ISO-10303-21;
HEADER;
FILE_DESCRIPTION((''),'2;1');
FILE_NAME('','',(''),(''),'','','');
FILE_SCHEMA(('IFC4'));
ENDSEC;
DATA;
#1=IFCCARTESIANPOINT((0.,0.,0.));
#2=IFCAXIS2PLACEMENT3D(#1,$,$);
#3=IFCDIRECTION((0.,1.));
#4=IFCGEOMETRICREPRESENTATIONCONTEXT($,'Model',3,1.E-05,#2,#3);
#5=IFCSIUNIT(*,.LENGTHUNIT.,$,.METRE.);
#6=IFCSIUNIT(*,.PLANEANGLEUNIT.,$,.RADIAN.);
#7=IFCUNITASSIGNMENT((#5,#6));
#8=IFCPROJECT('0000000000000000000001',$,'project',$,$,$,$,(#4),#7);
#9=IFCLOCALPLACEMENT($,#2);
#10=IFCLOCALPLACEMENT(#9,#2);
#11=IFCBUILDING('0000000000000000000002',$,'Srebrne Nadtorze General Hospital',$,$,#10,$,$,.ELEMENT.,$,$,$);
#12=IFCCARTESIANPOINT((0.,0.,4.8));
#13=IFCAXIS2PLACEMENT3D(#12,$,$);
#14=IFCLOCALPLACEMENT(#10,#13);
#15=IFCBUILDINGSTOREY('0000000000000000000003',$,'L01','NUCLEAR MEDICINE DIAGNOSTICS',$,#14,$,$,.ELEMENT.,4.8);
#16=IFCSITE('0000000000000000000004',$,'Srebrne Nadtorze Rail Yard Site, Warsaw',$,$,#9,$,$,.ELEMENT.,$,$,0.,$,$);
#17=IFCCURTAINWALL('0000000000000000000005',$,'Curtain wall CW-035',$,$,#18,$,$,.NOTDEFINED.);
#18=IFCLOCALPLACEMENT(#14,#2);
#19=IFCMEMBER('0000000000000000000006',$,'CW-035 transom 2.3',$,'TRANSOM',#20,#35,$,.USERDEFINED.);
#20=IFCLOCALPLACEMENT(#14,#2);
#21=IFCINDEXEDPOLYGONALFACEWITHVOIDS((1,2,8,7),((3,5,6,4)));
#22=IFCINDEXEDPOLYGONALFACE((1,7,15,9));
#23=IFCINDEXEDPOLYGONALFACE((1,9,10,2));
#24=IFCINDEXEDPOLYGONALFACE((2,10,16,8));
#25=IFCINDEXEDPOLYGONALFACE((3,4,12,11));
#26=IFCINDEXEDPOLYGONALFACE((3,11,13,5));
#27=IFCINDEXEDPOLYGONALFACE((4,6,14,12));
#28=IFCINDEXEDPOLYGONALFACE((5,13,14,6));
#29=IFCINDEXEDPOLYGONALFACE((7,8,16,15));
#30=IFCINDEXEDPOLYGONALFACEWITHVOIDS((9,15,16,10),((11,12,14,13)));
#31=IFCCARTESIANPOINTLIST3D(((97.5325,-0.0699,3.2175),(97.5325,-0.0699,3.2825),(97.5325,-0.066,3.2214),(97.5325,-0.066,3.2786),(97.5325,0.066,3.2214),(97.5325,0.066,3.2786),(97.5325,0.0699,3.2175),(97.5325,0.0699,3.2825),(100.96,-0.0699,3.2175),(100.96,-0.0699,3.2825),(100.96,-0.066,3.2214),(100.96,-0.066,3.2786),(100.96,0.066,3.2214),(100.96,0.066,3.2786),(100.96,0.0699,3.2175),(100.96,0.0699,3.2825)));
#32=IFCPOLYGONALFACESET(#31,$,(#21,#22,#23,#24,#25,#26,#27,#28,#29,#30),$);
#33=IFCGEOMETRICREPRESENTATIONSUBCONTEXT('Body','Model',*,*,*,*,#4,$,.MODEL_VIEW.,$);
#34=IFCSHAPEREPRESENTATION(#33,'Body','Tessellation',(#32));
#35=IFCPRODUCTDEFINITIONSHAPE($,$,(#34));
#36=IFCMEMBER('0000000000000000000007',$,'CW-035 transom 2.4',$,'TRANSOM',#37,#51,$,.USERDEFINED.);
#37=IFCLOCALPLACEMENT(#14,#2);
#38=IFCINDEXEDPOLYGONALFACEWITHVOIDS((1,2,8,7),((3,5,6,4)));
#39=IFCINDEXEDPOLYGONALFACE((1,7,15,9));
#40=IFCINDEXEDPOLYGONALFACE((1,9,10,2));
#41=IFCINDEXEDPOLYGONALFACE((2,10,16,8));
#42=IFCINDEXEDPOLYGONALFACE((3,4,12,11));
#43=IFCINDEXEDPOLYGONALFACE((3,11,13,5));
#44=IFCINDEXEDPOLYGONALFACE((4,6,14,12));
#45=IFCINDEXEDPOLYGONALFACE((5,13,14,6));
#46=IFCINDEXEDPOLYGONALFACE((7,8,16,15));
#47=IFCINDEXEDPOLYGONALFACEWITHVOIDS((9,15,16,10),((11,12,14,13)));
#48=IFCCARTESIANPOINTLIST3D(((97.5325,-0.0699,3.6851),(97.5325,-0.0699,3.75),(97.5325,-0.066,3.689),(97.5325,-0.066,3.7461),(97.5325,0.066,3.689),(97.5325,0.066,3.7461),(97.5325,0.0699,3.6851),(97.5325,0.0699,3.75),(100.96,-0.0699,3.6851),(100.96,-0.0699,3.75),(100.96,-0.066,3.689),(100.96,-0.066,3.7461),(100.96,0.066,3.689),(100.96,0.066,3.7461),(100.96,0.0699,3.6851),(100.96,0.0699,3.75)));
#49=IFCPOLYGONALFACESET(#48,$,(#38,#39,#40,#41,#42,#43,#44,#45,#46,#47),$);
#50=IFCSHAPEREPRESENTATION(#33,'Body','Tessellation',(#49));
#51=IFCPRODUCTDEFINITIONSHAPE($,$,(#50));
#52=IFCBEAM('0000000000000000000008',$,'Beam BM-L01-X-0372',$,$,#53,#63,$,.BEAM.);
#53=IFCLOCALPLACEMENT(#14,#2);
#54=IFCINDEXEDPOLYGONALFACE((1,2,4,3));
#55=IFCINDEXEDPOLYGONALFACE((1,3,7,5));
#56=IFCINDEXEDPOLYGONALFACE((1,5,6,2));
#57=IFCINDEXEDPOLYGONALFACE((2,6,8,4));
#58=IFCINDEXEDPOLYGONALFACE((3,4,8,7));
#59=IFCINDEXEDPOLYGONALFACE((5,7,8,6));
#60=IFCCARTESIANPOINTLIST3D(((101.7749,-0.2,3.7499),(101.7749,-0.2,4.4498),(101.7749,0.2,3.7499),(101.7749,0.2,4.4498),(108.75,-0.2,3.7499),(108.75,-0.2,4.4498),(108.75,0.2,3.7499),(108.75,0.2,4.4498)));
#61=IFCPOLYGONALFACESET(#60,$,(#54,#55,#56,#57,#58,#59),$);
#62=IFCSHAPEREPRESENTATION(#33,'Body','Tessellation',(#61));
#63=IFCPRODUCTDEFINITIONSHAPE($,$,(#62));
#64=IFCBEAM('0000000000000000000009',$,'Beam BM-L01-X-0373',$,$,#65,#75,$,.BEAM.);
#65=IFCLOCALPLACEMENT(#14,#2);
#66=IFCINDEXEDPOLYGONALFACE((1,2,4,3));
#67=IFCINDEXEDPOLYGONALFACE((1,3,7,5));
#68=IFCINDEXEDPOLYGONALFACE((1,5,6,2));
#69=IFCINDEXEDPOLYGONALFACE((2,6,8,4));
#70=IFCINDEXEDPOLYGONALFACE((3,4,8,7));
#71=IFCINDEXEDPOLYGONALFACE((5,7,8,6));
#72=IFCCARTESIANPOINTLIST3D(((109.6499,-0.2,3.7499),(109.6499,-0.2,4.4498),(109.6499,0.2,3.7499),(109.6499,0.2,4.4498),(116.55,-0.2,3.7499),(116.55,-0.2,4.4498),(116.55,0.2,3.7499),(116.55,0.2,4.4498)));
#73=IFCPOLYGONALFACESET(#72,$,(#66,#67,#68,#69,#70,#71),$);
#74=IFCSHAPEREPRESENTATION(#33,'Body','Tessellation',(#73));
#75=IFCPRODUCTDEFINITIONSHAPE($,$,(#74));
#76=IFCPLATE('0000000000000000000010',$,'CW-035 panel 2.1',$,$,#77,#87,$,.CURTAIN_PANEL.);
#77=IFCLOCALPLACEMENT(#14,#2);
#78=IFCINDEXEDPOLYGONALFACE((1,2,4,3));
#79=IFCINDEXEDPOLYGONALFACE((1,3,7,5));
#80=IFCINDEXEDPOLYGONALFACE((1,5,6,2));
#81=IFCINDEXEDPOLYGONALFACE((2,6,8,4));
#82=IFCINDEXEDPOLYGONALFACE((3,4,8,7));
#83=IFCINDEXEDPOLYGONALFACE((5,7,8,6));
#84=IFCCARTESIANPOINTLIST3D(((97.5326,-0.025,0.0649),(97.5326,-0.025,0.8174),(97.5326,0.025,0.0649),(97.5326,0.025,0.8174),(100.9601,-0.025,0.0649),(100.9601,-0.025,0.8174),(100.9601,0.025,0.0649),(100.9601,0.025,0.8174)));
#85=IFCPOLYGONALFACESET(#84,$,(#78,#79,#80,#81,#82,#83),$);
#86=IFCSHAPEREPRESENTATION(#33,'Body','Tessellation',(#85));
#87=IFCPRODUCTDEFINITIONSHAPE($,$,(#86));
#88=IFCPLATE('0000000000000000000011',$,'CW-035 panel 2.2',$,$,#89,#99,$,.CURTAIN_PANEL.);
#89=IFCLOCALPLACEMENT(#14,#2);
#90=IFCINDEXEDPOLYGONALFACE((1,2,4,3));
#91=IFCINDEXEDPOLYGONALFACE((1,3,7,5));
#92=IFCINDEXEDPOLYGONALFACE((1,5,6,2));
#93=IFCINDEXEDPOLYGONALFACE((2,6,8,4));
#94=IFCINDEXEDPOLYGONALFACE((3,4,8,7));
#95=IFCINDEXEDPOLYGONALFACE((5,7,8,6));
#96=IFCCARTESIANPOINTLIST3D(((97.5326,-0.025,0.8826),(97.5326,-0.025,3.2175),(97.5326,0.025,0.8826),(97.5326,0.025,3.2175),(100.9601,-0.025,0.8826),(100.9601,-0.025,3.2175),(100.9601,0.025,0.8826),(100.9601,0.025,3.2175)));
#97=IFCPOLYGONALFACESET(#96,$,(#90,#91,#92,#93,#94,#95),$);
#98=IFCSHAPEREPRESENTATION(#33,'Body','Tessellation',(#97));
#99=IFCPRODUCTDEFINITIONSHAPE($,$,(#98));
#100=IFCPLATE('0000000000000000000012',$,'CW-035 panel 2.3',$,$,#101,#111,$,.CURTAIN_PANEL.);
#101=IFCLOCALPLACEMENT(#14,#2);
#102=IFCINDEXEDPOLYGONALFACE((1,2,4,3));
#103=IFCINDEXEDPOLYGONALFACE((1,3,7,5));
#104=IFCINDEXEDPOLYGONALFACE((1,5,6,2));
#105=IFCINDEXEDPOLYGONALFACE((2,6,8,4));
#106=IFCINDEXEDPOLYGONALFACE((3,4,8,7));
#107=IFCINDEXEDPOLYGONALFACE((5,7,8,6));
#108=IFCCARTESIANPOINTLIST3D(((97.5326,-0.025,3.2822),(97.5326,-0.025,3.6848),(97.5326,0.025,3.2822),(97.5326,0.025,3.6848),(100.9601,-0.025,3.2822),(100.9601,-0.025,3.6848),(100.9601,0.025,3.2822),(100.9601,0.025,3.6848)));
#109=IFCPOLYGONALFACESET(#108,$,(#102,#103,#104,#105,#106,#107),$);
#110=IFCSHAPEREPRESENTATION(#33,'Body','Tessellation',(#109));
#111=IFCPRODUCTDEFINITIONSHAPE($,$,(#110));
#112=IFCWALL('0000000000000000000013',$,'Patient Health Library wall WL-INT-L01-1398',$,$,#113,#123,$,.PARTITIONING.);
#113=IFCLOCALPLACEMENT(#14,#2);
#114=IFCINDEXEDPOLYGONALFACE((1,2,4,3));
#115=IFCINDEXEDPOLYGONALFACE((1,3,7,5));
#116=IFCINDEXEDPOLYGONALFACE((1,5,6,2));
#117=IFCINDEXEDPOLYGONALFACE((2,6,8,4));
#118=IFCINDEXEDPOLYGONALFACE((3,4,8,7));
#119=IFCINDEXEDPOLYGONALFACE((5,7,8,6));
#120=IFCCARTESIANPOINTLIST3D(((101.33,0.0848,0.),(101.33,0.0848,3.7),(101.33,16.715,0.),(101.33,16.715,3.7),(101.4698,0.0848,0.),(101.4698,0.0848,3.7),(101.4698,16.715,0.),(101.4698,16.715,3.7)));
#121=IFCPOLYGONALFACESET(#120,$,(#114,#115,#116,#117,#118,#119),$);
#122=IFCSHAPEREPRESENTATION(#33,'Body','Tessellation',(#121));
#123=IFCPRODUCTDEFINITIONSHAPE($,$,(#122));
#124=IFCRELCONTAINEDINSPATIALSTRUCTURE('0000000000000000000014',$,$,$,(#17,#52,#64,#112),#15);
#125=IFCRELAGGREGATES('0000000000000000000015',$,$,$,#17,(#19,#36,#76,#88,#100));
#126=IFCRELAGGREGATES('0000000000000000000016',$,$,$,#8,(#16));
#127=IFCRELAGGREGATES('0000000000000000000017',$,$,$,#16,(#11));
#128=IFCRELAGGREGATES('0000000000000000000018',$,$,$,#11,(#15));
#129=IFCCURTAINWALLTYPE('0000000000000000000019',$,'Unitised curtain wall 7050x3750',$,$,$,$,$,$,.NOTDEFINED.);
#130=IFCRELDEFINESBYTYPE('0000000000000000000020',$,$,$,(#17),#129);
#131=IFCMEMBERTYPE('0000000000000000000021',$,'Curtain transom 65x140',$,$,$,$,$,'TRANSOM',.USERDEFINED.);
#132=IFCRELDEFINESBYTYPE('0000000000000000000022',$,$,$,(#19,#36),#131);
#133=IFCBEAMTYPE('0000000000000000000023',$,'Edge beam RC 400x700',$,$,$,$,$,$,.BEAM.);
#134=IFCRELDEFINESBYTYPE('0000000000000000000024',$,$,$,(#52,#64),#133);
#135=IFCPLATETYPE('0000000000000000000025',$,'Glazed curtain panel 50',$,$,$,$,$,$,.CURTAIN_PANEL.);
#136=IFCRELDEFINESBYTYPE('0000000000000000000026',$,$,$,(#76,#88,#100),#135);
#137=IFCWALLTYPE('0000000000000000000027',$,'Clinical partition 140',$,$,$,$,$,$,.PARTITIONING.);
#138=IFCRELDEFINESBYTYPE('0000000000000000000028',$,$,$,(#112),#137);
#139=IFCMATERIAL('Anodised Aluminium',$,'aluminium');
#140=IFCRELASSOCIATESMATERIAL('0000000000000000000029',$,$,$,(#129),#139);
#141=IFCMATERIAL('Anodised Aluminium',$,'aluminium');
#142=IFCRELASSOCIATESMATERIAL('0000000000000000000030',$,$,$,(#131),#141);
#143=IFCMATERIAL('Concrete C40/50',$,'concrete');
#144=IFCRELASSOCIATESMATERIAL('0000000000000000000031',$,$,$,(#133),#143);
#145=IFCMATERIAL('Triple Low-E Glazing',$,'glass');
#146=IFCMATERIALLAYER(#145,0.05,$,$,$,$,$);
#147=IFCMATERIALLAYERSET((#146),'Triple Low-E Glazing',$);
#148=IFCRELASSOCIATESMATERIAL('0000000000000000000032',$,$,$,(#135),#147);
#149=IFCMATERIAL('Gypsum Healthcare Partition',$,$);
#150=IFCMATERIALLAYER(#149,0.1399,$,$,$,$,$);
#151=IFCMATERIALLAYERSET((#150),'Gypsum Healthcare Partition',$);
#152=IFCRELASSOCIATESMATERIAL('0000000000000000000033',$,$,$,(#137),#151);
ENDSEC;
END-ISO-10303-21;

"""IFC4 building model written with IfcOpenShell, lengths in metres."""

from ifc_helpers import new_model, si_unit, direction, frame, frame_2d, origin, origin_2d, place, context, subcontext, project, spatial, rectangle, hollow_rectangle, extrude, material, layer, layer_set, material_profile, profile_set, type_object, element, aggregate, save


model = new_model("IFC4")

# Units and contexts
model_context = context("Model", 3, precision=1e-05, world=origin(), true_north=direction((0.0, 1.0)))
body_context = subcontext(model_context, "Body", "Model", "MODEL_VIEW")
ifc_project = project(units=[si_unit("LENGTHUNIT", "METRE"), si_unit("PLANEANGLEUNIT", "RADIAN")], contexts=[model_context])

# Site, building, storey
site_placement = place(None, origin())
site = spatial("IfcSite", under=ifc_project, at=site_placement, Name="Srebrne Nadtorze Rail Yard Site, Warsaw", CompositionType="ELEMENT", RefElevation=0.0)
building_placement = place(site_placement, origin())
building = spatial("IfcBuilding", under=site, at=building_placement, Name="Srebrne Nadtorze General Hospital", CompositionType="ELEMENT")
storey_placement = place(building_placement, frame((0.0, 0.0, 4.8)))
storey = spatial("IfcBuildingStorey", under=building, at=storey_placement, Name="L01", Description="NUCLEAR MEDICINE DIAGNOSTICS", CompositionType="ELEMENT", Elevation=4.8)

# Curtain wall
ifc_material_1 = material(Name="Anodised Aluminium", Category="aluminium")
curtain_wall_type_1 = type_object("IfcCurtainWallType", Name="Unitised curtain wall 7050x3750", PredefinedType="NOTDEFINED", material=ifc_material_1)
curtain_wall_1_placement = place(storey_placement, origin())
curtain_wall_1 = element("IfcCurtainWall", 1, at=curtain_wall_1_placement, inside=storey, type_object=curtain_wall_type_1, Name="Curtain wall CW-035", PredefinedType="NOTDEFINED")

# Members
ifc_material_2 = material(Name="Anodised Aluminium", Category="aluminium")
ifc_material_profile_1 = material_profile(ifc_material_2, hollow_rectangle(XDim=0.0649, YDim=0.1399, WallThickness=0.0039, at=origin_2d()), Name="AL-TRN-65x140")
ifc_profile_set_1 = profile_set([ifc_material_profile_1], Name="Anodised Aluminium")
member_type_1 = type_object("IfcMemberType", Name="Curtain transom 65x140", ElementType="TRANSOM", PredefinedType="USERDEFINED", material=ifc_profile_set_1)
member_1_placement = place(storey_placement, frame((97.5325, 0.0, 3.25), z_axis=(1.0, 0.0, 0.0), x_axis=(0.0, 0.0, 1.0)))
member_1 = element("IfcMember", 2, at=member_1_placement, type_object=member_type_1, Name="CW-035 transom 2.3", ObjectType="TRANSOM", PredefinedType="USERDEFINED", context=body_context, shape_type="SweptSolid", body=[
    extrude(hollow_rectangle(XDim=0.0649, YDim=0.1399, WallThickness=0.0039, at=origin_2d()), origin(), (0.0, 0.0, 1.0), 3.4275),
])
member_2_placement = place(storey_placement, frame((97.5325, 0.0, 3.7175), z_axis=(1.0, 0.0, 0.0), x_axis=(0.0, 0.0, 1.0)))
member_2 = element("IfcMember", 3, at=member_2_placement, type_object=member_type_1, Name="CW-035 transom 2.4", ObjectType="TRANSOM", PredefinedType="USERDEFINED", context=body_context, shape_type="SweptSolid", body=[
    extrude(hollow_rectangle(XDim=0.0649, YDim=0.1399, WallThickness=0.0039, at=origin_2d()), origin(), (0.0, 0.0, 1.0), 3.4275),
])

# Beams
ifc_material_3 = material(Name="Concrete C40/50", Category="concrete")
ifc_material_profile_2 = material_profile(ifc_material_3, rectangle(XDim=0.3999, YDim=0.7, at=origin_2d()), Name="RC-BM-400x700")
ifc_profile_set_2 = profile_set([ifc_material_profile_2], Name="Concrete C40/50")
beam_type = type_object("IfcBeamType", Name="Edge beam RC 400x700", PredefinedType="BEAM", material=ifc_profile_set_2)
beam_1_placement = place(storey_placement, frame((101.7749, 0.0, 4.0999), z_axis=(1.0, 0.0, 0.0), x_axis=(0.0, 1.0, 0.0)))
element("IfcBeam", 4, at=beam_1_placement, inside=storey, type_object=beam_type, Name="Beam BM-L01-X-0372", PredefinedType="BEAM", context=body_context, shape_type="SweptSolid", body=[
    extrude(rectangle(XDim=0.3999, YDim=0.7, at=origin_2d()), origin(), (0.0, 0.0, 1.0), 6.9751),
])
beam_2_placement = place(storey_placement, frame((109.6499, 0.0, 4.0999), z_axis=(1.0, 0.0, 0.0), x_axis=(0.0, 1.0, 0.0)))
element("IfcBeam", 5, at=beam_2_placement, inside=storey, type_object=beam_type, Name="Beam BM-L01-X-0373", PredefinedType="BEAM", context=body_context, shape_type="SweptSolid", body=[
    extrude(rectangle(XDim=0.3999, YDim=0.7, at=origin_2d()), origin(), (0.0, 0.0, 1.0), 6.9001),
])

# Plates
ifc_material_4 = material(Name="Triple Low-E Glazing", Category="glass")
ifc_layer_1 = layer(ifc_material_4, 0.05)
ifc_layer_set_1 = layer_set([ifc_layer_1], Name="Triple Low-E Glazing")
plate_type = type_object("IfcPlateType", Name="Glazed curtain panel 50", PredefinedType="CURTAIN_PANEL", material=ifc_layer_set_1)
plate_1_placement = place(storey_placement, frame((99.2463, 0.0, 0.0649), z_axis=(0.0, 0.0, 1.0), x_axis=(1.0, 0.0, 0.0)))
plate_1 = element("IfcPlate", 6, at=plate_1_placement, type_object=plate_type, Name="CW-035 panel 2.1", PredefinedType="CURTAIN_PANEL", context=body_context, shape_type="SweptSolid", body=[
    extrude(rectangle(XDim=3.4275, YDim=0.05, at=origin_2d()), origin(), (0.0, 0.0, 1.0), 0.7524),
])
plate_2_placement = place(storey_placement, frame((99.2463, 0.0, 0.8826), z_axis=(0.0, 0.0, 1.0), x_axis=(1.0, 0.0, 0.0)))
plate_2 = element("IfcPlate", 7, at=plate_2_placement, type_object=plate_type, Name="CW-035 panel 2.2", PredefinedType="CURTAIN_PANEL", context=body_context, shape_type="SweptSolid", body=[
    extrude(rectangle(XDim=3.4275, YDim=0.05, at=origin_2d()), origin(), (0.0, 0.0, 1.0), 2.335),
])
plate_3_placement = place(storey_placement, frame((99.2463, 0.0, 3.2822), z_axis=(0.0, 0.0, 1.0), x_axis=(1.0, 0.0, 0.0)))
plate_3 = element("IfcPlate", 8, at=plate_3_placement, type_object=plate_type, Name="CW-035 panel 2.3", PredefinedType="CURTAIN_PANEL", context=body_context, shape_type="SweptSolid", body=[
    extrude(rectangle(XDim=3.4275, YDim=0.05, at=origin_2d()), origin(), (0.0, 0.0, 1.0), 0.4026),
])
aggregate(curtain_wall_1, [member_1, member_2, plate_1, plate_2, plate_3])

# Wall
ifc_material_5 = material(Name="Gypsum Healthcare Partition")
ifc_layer_2 = layer(ifc_material_5, 0.1399)
ifc_layer_set_2 = layer_set([ifc_layer_2], Name="Gypsum Healthcare Partition")
wall_type_1 = type_object("IfcWallType", Name="Clinical partition 140", PredefinedType="PARTITIONING", material=ifc_layer_set_2)
wall_1_placement = place(storey_placement, frame((101.3999, 0.085, 0.0), z_axis=(0.0, 0.0, 1.0), x_axis=(0.0, 1.0, 0.0)))
element("IfcWall", 9, at=wall_1_placement, inside=storey, type_object=wall_type_1, Name="Patient Health Library wall WL-INT-L01-1398", PredefinedType="PARTITIONING", context=body_context, shape_type="SweptSolid", body=[
    extrude(rectangle(XDim=16.6301, YDim=0.1399, at=frame_2d((8.3149, 0.0))), origin(), (0.0, 0.0, 1.0), 3.7),
])

save(model, "model.ifc")
